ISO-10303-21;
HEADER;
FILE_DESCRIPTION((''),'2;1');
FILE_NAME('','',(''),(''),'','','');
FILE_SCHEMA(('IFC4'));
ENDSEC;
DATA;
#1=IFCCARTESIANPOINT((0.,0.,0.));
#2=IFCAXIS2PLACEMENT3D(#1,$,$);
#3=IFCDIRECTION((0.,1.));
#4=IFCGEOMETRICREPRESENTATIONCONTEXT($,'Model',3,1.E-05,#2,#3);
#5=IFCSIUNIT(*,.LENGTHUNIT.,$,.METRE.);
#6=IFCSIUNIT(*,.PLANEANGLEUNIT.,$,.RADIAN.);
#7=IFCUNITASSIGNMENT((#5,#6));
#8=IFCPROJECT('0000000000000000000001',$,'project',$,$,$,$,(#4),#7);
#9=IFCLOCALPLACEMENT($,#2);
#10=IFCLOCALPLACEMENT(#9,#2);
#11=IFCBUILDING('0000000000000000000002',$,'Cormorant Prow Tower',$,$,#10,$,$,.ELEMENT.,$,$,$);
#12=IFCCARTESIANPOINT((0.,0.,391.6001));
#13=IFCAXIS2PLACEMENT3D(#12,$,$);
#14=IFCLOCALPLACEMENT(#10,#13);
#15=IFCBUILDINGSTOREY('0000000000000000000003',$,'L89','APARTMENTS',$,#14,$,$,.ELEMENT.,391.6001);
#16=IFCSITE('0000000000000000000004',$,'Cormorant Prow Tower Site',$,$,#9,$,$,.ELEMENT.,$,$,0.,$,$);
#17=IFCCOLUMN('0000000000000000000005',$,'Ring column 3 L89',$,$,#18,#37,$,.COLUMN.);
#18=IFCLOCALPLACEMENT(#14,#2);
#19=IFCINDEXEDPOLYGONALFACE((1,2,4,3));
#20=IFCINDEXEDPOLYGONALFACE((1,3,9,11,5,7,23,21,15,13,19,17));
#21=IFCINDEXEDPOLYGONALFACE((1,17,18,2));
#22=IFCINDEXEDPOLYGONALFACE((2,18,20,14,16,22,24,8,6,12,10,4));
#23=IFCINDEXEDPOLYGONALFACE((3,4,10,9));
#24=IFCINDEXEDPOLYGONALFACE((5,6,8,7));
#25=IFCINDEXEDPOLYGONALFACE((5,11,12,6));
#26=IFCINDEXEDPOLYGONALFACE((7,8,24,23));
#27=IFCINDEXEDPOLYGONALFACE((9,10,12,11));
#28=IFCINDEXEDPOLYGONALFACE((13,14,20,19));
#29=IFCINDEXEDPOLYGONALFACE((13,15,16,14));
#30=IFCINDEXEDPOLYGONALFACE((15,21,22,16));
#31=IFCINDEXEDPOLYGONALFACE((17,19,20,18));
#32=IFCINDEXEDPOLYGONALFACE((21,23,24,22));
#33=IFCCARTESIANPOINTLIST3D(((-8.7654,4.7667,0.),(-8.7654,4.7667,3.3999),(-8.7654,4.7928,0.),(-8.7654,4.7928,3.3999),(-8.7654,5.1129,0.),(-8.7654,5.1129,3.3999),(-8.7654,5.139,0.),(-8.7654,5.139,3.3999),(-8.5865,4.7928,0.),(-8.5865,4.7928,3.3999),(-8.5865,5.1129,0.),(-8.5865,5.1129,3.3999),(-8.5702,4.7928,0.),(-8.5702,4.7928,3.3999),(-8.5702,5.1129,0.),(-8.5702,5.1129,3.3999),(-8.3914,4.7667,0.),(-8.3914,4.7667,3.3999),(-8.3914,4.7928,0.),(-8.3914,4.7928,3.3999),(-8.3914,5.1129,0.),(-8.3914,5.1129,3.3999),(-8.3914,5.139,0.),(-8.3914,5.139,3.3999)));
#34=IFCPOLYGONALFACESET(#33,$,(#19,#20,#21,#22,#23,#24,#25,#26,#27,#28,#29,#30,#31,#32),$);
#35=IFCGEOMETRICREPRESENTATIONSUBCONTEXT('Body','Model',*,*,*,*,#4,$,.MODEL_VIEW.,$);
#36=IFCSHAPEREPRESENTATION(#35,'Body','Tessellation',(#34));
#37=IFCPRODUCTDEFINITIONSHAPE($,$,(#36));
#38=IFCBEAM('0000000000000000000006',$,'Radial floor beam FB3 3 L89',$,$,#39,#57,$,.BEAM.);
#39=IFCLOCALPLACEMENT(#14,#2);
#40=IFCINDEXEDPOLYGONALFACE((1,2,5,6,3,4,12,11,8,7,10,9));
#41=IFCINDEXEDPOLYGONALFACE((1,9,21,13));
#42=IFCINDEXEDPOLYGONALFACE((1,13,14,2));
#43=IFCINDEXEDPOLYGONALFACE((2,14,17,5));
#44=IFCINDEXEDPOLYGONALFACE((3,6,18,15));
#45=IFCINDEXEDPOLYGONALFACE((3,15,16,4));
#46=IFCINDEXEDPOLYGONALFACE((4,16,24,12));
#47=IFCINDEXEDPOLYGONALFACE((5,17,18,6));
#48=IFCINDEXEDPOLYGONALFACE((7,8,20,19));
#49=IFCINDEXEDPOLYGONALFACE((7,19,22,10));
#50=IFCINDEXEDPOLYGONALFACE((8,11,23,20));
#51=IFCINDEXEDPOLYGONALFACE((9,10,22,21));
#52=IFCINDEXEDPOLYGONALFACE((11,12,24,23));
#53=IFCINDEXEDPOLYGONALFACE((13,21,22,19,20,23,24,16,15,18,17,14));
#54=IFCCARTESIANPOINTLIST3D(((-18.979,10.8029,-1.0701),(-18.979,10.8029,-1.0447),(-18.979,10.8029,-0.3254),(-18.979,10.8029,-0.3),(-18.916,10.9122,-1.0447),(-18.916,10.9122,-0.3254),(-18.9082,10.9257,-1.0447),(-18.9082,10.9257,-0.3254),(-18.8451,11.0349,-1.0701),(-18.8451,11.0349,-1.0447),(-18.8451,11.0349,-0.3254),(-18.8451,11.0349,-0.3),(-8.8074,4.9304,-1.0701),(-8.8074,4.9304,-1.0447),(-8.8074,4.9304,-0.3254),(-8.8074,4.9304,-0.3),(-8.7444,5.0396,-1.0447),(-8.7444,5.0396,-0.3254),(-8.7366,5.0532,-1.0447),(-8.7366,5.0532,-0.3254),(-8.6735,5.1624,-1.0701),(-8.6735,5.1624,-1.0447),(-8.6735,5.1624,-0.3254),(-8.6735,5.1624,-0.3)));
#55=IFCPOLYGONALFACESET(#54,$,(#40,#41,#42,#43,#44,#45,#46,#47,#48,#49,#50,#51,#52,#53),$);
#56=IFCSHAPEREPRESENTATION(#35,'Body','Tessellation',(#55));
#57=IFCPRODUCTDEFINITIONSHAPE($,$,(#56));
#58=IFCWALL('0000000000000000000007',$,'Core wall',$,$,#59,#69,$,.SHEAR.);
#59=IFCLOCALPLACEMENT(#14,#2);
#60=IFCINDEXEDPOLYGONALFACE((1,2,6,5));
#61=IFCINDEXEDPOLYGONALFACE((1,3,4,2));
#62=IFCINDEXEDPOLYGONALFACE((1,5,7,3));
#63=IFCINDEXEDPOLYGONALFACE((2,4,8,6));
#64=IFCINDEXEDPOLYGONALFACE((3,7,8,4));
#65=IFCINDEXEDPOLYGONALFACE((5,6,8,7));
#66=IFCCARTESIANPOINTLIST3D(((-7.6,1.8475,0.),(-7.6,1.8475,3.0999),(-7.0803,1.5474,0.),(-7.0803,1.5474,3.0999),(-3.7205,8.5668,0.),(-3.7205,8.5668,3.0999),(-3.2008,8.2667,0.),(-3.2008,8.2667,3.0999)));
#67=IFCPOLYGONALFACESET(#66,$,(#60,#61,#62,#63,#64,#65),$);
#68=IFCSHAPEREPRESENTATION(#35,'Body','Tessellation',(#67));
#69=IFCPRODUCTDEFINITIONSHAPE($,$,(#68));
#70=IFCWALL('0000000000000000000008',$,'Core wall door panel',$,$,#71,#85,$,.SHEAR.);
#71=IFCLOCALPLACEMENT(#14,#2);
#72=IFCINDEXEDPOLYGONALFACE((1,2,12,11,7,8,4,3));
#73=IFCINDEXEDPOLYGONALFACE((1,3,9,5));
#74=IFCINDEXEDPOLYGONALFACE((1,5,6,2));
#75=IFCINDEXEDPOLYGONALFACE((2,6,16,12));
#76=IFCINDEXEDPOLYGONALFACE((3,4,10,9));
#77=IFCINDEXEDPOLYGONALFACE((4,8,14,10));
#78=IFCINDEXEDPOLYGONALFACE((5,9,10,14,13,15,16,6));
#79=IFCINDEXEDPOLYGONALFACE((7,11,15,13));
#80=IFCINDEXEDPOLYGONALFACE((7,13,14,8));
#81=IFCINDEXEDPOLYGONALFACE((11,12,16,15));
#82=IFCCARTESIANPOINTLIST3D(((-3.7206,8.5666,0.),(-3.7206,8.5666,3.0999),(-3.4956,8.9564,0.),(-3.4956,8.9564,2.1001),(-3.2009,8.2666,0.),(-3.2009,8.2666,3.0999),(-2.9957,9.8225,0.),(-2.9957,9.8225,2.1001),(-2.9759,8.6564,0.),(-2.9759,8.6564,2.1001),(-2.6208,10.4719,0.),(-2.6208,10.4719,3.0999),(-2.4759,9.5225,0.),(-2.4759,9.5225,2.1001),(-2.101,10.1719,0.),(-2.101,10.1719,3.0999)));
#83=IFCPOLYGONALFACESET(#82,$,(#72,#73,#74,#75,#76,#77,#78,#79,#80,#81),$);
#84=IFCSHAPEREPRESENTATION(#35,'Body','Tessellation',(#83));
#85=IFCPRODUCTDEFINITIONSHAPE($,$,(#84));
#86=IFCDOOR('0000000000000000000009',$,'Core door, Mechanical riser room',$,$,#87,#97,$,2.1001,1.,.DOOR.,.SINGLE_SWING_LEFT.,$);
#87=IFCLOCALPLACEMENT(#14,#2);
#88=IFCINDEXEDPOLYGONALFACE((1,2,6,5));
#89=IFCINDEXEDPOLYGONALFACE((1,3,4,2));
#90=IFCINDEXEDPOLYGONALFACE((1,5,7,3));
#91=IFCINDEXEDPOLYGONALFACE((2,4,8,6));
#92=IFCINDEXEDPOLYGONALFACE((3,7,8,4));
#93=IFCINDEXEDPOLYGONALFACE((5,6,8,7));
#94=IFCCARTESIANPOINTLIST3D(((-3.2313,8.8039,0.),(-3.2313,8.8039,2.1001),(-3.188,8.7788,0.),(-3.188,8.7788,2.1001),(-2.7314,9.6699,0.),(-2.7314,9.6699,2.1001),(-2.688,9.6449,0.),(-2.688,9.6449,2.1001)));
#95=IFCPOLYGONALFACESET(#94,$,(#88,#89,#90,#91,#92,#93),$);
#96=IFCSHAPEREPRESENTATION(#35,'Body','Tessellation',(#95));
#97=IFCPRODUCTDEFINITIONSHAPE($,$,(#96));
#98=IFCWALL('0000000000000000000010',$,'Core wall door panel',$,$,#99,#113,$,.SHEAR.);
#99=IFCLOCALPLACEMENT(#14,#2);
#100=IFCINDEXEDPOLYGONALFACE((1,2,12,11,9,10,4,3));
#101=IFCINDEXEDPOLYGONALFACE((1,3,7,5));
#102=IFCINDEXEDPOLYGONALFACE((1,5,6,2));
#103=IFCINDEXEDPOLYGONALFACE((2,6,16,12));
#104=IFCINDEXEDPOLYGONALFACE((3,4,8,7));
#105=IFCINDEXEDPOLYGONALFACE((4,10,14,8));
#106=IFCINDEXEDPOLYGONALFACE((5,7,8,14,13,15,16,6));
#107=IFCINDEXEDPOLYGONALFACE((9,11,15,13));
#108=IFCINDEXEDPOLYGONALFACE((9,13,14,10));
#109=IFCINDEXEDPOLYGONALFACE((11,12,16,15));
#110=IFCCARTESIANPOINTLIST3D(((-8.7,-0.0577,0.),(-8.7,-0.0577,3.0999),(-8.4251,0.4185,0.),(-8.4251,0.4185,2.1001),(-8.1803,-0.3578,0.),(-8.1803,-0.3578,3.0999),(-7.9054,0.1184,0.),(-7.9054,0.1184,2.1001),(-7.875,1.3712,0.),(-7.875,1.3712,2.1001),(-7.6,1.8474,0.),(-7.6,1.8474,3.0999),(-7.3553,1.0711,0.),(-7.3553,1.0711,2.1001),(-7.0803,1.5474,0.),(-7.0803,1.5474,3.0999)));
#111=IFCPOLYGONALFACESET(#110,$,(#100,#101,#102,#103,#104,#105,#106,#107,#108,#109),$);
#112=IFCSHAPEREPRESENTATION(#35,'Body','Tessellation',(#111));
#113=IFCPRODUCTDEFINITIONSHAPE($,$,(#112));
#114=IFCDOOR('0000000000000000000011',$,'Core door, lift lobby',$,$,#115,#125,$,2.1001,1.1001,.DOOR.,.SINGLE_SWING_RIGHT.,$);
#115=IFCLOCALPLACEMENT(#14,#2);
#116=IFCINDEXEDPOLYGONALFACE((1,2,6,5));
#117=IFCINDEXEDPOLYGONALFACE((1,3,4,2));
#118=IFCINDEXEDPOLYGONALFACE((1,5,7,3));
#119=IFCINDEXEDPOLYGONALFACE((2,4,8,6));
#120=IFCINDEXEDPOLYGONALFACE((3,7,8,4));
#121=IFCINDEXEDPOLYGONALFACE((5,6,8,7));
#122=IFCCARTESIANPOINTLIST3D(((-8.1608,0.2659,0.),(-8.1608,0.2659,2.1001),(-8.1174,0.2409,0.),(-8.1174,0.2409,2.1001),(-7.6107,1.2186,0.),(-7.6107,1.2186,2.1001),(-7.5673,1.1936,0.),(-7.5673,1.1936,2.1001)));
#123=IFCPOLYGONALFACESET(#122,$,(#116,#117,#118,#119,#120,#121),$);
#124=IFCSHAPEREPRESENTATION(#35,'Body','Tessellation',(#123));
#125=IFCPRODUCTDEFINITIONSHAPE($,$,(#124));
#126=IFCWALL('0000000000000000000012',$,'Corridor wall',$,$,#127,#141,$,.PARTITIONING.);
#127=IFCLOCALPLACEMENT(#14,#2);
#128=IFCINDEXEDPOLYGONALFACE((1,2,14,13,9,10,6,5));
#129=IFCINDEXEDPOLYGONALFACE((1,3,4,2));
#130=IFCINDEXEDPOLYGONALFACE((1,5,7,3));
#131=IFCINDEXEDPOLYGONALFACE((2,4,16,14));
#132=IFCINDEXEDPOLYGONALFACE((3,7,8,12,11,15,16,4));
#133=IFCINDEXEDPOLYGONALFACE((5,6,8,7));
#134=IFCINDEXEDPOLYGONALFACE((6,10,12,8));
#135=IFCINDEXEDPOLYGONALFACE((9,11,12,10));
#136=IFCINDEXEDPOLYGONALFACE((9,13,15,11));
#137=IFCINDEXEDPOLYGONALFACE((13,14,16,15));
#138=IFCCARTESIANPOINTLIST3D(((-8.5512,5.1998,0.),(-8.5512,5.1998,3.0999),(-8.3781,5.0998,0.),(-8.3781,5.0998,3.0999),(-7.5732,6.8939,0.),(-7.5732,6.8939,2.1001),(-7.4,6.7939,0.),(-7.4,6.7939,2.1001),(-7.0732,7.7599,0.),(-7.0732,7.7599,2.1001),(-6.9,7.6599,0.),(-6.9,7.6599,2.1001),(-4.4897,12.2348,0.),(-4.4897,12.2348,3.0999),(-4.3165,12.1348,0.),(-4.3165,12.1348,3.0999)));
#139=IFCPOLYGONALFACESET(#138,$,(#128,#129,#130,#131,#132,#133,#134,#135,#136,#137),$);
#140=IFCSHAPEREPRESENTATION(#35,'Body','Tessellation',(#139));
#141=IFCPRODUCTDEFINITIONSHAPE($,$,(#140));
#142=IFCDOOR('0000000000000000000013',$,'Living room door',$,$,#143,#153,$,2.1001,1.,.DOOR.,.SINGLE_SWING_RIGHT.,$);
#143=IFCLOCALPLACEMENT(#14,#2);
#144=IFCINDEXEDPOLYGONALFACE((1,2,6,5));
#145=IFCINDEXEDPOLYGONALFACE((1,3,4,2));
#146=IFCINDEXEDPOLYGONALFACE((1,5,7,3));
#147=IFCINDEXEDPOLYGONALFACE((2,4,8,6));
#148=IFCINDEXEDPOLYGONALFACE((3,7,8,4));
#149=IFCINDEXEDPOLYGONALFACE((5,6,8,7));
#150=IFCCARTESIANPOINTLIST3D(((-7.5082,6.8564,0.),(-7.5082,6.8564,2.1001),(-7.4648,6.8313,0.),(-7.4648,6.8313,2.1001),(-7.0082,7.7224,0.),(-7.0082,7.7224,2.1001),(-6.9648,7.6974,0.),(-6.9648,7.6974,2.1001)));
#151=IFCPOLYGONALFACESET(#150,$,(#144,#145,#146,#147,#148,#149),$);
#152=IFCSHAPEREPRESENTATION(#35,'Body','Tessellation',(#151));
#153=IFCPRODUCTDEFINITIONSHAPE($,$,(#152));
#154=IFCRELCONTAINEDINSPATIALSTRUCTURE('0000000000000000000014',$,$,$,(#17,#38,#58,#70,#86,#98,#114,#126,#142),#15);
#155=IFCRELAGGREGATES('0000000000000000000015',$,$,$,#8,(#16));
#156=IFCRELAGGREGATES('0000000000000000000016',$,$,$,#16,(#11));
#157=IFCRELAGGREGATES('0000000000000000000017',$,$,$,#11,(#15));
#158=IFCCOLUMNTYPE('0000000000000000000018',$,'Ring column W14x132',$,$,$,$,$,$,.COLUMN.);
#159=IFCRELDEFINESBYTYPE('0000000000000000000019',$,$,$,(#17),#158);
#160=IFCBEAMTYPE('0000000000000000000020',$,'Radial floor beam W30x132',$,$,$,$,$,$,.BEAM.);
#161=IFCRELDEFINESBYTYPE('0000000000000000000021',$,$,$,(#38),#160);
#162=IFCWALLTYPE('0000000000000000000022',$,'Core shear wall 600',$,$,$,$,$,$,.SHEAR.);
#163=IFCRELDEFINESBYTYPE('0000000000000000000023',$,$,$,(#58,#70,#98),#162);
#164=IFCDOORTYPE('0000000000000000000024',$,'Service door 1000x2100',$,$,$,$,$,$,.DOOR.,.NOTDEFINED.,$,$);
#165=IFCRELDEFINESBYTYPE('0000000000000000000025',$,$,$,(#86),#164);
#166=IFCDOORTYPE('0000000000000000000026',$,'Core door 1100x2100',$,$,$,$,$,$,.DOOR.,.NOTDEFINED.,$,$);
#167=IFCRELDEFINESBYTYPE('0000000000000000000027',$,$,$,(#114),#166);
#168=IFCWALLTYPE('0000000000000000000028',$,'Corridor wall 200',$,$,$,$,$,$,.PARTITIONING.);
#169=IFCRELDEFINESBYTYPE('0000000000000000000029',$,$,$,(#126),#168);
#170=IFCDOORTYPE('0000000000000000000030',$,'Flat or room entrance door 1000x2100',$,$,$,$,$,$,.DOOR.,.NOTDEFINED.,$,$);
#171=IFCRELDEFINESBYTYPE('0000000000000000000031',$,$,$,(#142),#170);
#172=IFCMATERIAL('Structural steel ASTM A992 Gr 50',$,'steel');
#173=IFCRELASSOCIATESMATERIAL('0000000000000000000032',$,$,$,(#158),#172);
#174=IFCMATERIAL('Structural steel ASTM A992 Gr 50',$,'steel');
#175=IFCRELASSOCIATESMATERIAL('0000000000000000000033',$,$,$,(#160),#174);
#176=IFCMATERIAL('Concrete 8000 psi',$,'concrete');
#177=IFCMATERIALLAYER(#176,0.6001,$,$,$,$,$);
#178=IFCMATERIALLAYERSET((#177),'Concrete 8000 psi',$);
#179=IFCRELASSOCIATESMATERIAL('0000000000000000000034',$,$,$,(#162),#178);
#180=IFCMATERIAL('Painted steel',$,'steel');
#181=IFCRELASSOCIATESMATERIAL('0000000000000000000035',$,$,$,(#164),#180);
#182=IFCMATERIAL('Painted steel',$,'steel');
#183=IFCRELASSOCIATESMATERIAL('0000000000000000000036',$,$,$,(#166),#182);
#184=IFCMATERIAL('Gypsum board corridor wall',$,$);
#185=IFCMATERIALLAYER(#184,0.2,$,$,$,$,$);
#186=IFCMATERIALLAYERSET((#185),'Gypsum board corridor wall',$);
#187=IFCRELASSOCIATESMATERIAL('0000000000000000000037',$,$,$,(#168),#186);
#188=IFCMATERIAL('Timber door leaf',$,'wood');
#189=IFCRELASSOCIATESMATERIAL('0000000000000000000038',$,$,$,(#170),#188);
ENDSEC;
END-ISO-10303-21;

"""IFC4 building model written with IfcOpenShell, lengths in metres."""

from ifc_helpers import new_model, si_unit, direction, frame, frame_2d, origin, origin_2d, place, context, subcontext, project, spatial, rectangle, i_section, extrude, material, layer, layer_set, material_profile, profile_set, type_object, element, fill, save


model = new_model("IFC4")

# Units and contexts
model_context = context("Model", 3, precision=1e-05, world=origin(), true_north=direction((0.0, 1.0)))
body_context = subcontext(model_context, "Body", "Model", "MODEL_VIEW")
ifc_project = project(units=[si_unit("LENGTHUNIT", "METRE"), si_unit("PLANEANGLEUNIT", "RADIAN")], contexts=[model_context])

# Site, building, storey
site_placement = place(None, origin())
site = spatial("IfcSite", under=ifc_project, at=site_placement, Name="Cormorant Prow Tower Site", CompositionType="ELEMENT", RefElevation=0.0)
building_placement = place(site_placement, origin())
building = spatial("IfcBuilding", under=site, at=building_placement, Name="Cormorant Prow Tower", CompositionType="ELEMENT")
storey_placement = place(building_placement, frame((0.0, 0.0, 391.6001)))
storey = spatial("IfcBuildingStorey", under=building, at=storey_placement, Name="L89", Description="APARTMENTS", CompositionType="ELEMENT", Elevation=391.6001)

# Column
ifc_material_1 = material(Name="Structural steel ASTM A992 Gr 50", Category="steel")
ifc_material_profile_1 = material_profile(ifc_material_1, i_section(OverallWidth=0.374, OverallDepth=0.3723, WebThickness=0.0164, FlangeThickness=0.0261, at=origin_2d()), Name="W14x132")
ifc_profile_set_1 = profile_set([ifc_material_profile_1], Name="Structural steel ASTM A992 Gr 50")
column_type = type_object("IfcColumnType", Name="Ring column W14x132", PredefinedType="COLUMN", material=ifc_profile_set_1)
column_placement = place(storey_placement, frame((-8.5784, 4.9529, 0.0), z_axis=(0.0, 0.0, 1.0), x_axis=(1.0, 0.0, 0.0)))
element("IfcColumn", 1, at=column_placement, inside=storey, type_object=column_type, Name="Ring column 3 L89", PredefinedType="COLUMN", context=body_context, shape_type="SweptSolid", body=[
    extrude(i_section(OverallWidth=0.374, OverallDepth=0.3723, WebThickness=0.0164, FlangeThickness=0.0261, at=origin_2d()), origin(), (0.0, 0.0, 1.0), 3.3999),
])

# Beam
ifc_material_2 = material(Name="Structural steel ASTM A992 Gr 50", Category="steel")
ifc_material_profile_2 = material_profile(ifc_material_2, i_section(OverallWidth=0.2678, OverallDepth=0.77, WebThickness=0.0156, FlangeThickness=0.0254, at=origin_2d()), Name="W30x132")
ifc_profile_set_2 = profile_set([ifc_material_profile_2], Name="Structural steel ASTM A992 Gr 50")
beam_type = type_object("IfcBeamType", Name="Radial floor beam W30x132", PredefinedType="BEAM", material=ifc_profile_set_2)
beam_placement = place(storey_placement, frame((-8.7405, 5.0464, -0.6851), z_axis=(-0.866027, 0.499998, 0.0), x_axis=(-0.499998, -0.866027, 0.0)))
element("IfcBeam", 2, at=beam_placement, inside=storey, type_object=beam_type, Name="Radial floor beam FB3 3 L89", PredefinedType="BEAM", context=body_context, shape_type="SweptSolid", body=[
    extrude(i_section(OverallWidth=0.2678, OverallDepth=0.77, WebThickness=0.0156, FlangeThickness=0.0254, at=origin_2d()), origin(), (0.0, 0.0, 1.0), 11.7451),
])

# Wall
ifc_material_3 = material(Name="Concrete 8000 psi", Category="concrete")
ifc_layer_1 = layer(ifc_material_3, 0.6001)
ifc_layer_set_1 = layer_set([ifc_layer_1], Name="Concrete 8000 psi")
wall_type_1 = type_object("IfcWallType", Name="Core shear wall 600", PredefinedType="SHEAR", material=ifc_layer_set_1)
wall_1_placement = place(storey_placement, frame((-3.4607, 8.4167, 0.0), z_axis=(0.0, 0.0, 1.0), x_axis=(-0.500004, -0.866023, 0.0)))
element("IfcWall", 3, at=wall_1_placement, inside=storey, type_object=wall_type_1, Name="Core wall", PredefinedType="SHEAR", context=body_context, shape_type="SweptSolid", body=[
    extrude(rectangle(XDim=7.7588, YDim=0.6001, at=frame_2d((3.8794, 0.0))), origin(), (0.0, 0.0, 1.0), 3.0999),
])

# Walls, openings, doors
wall_2_placement = place(storey_placement, frame((-2.3608, 10.322, 0.0), z_axis=(0.0, 0.0, 1.0), x_axis=(-0.499947, -0.866056, 0.0)))
wall_2 = element("IfcWall", 4, at=wall_2_placement, inside=storey, type_object=wall_type_1, Name="Core wall door panel", PredefinedType="SHEAR", context=body_context, shape_type="SweptSolid", body=[
    extrude(rectangle(XDim=2.2, YDim=0.6001, at=frame_2d((1.1001, 0.0))), origin(), (0.0, 0.0, 1.0), 3.0999),
])
opening_1_placement = place(wall_2_placement, frame((0.75, 0.0, 0.0)))
opening_1 = element("IfcOpeningElement", 5, at=opening_1_placement, cuts=wall_2, PredefinedType="OPENING", context=body_context, shape_type="SweptSolid", body=[
    extrude(rectangle(XDim=1.0, YDim=2.1001, at=frame_2d((0.5, 1.05))), frame((0.0, 0.3101, 0.0), z_axis=(0.0, -1.0, 0.0), x_axis=(1.0, 0.0, 0.0)), (0.0, 0.0, 1.0), 0.6201),
])
ifc_material_4 = material(Name="Painted steel", Category="steel")
door_type_1 = type_object("IfcDoorType", Name="Service door 1000x2100", OperationType="NOTDEFINED", PredefinedType="DOOR", material=ifc_material_4)
door_1_placement = place(opening_1_placement, origin())
door_1 = element("IfcDoor", 6, at=door_1_placement, inside=storey, type_object=door_type_1, Name="Core door, Mechanical riser room", OperationType="SINGLE_SWING_LEFT", OverallHeight=2.1001, OverallWidth=1.0, PredefinedType="DOOR", context=body_context, shape_type="SweptSolid", body=[
    extrude(rectangle(XDim=1.0, YDim=2.1001, at=frame_2d((0.5, 1.05))), frame((0.0, 0.0552, 0.0), z_axis=(0.0, -1.0, 0.0), x_axis=(1.0, 0.0, 0.0)), (0.0, 0.0, 1.0), 0.05),
])
fill(opening_1, door_1)
wall_3_placement = place(storey_placement, frame((-7.3401, 1.6975, 0.0), z_axis=(0.0, 0.0, 1.0), x_axis=(-0.50003, -0.866008, 0.0)))
wall_3 = element("IfcWall", 7, at=wall_3_placement, inside=storey, type_object=wall_type_1, Name="Core wall door panel", PredefinedType="SHEAR", context=body_context, shape_type="SweptSolid", body=[
    extrude(rectangle(XDim=2.2, YDim=0.6001, at=frame_2d((1.1001, 0.0))), origin(), (0.0, 0.0, 1.0), 3.0999),
])
opening_2_placement = place(wall_3_placement, frame((0.55, 0.0, 0.0)))
opening_2 = element("IfcOpeningElement", 8, at=opening_2_placement, cuts=wall_3, PredefinedType="OPENING", context=body_context, shape_type="SweptSolid", body=[
    extrude(rectangle(XDim=1.1001, YDim=2.1001, at=frame_2d((0.55, 1.05))), frame((0.0, 0.3101, 0.0), z_axis=(0.0, -1.0, 0.0), x_axis=(1.0, 0.0, 0.0)), (0.0, 0.0, 1.0), 0.6201),
])
ifc_material_5 = material(Name="Painted steel", Category="steel")
door_type_2 = type_object("IfcDoorType", Name="Core door 1100x2100", OperationType="NOTDEFINED", PredefinedType="DOOR", material=ifc_material_5)
door_2_placement = place(opening_2_placement, origin())
door_2 = element("IfcDoor", 9, at=door_2_placement, inside=storey, type_object=door_type_2, Name="Core door, lift lobby", OperationType="SINGLE_SWING_RIGHT", OverallHeight=2.1001, OverallWidth=1.1001, PredefinedType="DOOR", context=body_context, shape_type="SweptSolid", body=[
    extrude(rectangle(XDim=1.1001, YDim=2.1001, at=frame_2d((0.55, 1.05))), frame((0.0, 0.0552, 0.0), z_axis=(0.0, -1.0, 0.0), x_axis=(1.0, 0.0, 0.0)), (0.0, 0.0, 1.0), 0.05),
])
fill(opening_2, door_2)
ifc_material_6 = material(Name="Gypsum board corridor wall")
ifc_layer_2 = layer(ifc_material_6, 0.2)
ifc_layer_set_2 = layer_set([ifc_layer_2], Name="Gypsum board corridor wall")
wall_type_2 = type_object("IfcWallType", Name="Corridor wall 200", PredefinedType="PARTITIONING", material=ifc_layer_set_2)
wall_4_placement = place(storey_placement, frame((-8.4646, 5.1499, 0.0), z_axis=(0.0, 0.0, 1.0), x_axis=(0.499992, 0.86603, 0.0)))
wall_4 = element("IfcWall", 10, at=wall_4_placement, inside=storey, type_object=wall_type_2, Name="Corridor wall", PredefinedType="PARTITIONING", context=body_context, shape_type="SweptSolid", body=[
    extrude(rectangle(XDim=8.1233, YDim=0.2, at=frame_2d((4.0615, 0.0))), origin(), (0.0, 0.0, 1.0), 3.0999),
])
opening_3_placement = place(wall_4_placement, frame((1.9561, 0.0, 0.0)))
opening_3 = element("IfcOpeningElement", 11, at=opening_3_placement, cuts=wall_4, PredefinedType="OPENING", context=body_context, shape_type="SweptSolid", body=[
    extrude(rectangle(XDim=1.0, YDim=2.1001, at=frame_2d((0.5, 1.05))), frame((0.0, 0.1099, 0.0), z_axis=(0.0, -1.0, 0.0), x_axis=(1.0, 0.0, 0.0)), (0.0, 0.0, 1.0), 0.22),
])
ifc_material_7 = material(Name="Timber door leaf", Category="wood")
door_type_3 = type_object("IfcDoorType", Name="Flat or room entrance door 1000x2100", OperationType="NOTDEFINED", PredefinedType="DOOR", material=ifc_material_7)
door_3_placement = place(opening_3_placement, origin())
door_3 = element("IfcDoor", 12, at=door_3_placement, inside=storey, type_object=door_type_3, Name="Living room door", OperationType="SINGLE_SWING_RIGHT", OverallHeight=2.1001, OverallWidth=1.0, PredefinedType="DOOR", context=body_context, shape_type="SweptSolid", body=[
    extrude(rectangle(XDim=1.0, YDim=2.1001, at=frame_2d((0.5, 1.05))), frame((0.0, 0.0249, 0.0), z_axis=(0.0, -1.0, 0.0), x_axis=(1.0, 0.0, 0.0)), (0.0, 0.0, 1.0), 0.05),
])
fill(opening_3, door_3)

save(model, "model.ifc")
